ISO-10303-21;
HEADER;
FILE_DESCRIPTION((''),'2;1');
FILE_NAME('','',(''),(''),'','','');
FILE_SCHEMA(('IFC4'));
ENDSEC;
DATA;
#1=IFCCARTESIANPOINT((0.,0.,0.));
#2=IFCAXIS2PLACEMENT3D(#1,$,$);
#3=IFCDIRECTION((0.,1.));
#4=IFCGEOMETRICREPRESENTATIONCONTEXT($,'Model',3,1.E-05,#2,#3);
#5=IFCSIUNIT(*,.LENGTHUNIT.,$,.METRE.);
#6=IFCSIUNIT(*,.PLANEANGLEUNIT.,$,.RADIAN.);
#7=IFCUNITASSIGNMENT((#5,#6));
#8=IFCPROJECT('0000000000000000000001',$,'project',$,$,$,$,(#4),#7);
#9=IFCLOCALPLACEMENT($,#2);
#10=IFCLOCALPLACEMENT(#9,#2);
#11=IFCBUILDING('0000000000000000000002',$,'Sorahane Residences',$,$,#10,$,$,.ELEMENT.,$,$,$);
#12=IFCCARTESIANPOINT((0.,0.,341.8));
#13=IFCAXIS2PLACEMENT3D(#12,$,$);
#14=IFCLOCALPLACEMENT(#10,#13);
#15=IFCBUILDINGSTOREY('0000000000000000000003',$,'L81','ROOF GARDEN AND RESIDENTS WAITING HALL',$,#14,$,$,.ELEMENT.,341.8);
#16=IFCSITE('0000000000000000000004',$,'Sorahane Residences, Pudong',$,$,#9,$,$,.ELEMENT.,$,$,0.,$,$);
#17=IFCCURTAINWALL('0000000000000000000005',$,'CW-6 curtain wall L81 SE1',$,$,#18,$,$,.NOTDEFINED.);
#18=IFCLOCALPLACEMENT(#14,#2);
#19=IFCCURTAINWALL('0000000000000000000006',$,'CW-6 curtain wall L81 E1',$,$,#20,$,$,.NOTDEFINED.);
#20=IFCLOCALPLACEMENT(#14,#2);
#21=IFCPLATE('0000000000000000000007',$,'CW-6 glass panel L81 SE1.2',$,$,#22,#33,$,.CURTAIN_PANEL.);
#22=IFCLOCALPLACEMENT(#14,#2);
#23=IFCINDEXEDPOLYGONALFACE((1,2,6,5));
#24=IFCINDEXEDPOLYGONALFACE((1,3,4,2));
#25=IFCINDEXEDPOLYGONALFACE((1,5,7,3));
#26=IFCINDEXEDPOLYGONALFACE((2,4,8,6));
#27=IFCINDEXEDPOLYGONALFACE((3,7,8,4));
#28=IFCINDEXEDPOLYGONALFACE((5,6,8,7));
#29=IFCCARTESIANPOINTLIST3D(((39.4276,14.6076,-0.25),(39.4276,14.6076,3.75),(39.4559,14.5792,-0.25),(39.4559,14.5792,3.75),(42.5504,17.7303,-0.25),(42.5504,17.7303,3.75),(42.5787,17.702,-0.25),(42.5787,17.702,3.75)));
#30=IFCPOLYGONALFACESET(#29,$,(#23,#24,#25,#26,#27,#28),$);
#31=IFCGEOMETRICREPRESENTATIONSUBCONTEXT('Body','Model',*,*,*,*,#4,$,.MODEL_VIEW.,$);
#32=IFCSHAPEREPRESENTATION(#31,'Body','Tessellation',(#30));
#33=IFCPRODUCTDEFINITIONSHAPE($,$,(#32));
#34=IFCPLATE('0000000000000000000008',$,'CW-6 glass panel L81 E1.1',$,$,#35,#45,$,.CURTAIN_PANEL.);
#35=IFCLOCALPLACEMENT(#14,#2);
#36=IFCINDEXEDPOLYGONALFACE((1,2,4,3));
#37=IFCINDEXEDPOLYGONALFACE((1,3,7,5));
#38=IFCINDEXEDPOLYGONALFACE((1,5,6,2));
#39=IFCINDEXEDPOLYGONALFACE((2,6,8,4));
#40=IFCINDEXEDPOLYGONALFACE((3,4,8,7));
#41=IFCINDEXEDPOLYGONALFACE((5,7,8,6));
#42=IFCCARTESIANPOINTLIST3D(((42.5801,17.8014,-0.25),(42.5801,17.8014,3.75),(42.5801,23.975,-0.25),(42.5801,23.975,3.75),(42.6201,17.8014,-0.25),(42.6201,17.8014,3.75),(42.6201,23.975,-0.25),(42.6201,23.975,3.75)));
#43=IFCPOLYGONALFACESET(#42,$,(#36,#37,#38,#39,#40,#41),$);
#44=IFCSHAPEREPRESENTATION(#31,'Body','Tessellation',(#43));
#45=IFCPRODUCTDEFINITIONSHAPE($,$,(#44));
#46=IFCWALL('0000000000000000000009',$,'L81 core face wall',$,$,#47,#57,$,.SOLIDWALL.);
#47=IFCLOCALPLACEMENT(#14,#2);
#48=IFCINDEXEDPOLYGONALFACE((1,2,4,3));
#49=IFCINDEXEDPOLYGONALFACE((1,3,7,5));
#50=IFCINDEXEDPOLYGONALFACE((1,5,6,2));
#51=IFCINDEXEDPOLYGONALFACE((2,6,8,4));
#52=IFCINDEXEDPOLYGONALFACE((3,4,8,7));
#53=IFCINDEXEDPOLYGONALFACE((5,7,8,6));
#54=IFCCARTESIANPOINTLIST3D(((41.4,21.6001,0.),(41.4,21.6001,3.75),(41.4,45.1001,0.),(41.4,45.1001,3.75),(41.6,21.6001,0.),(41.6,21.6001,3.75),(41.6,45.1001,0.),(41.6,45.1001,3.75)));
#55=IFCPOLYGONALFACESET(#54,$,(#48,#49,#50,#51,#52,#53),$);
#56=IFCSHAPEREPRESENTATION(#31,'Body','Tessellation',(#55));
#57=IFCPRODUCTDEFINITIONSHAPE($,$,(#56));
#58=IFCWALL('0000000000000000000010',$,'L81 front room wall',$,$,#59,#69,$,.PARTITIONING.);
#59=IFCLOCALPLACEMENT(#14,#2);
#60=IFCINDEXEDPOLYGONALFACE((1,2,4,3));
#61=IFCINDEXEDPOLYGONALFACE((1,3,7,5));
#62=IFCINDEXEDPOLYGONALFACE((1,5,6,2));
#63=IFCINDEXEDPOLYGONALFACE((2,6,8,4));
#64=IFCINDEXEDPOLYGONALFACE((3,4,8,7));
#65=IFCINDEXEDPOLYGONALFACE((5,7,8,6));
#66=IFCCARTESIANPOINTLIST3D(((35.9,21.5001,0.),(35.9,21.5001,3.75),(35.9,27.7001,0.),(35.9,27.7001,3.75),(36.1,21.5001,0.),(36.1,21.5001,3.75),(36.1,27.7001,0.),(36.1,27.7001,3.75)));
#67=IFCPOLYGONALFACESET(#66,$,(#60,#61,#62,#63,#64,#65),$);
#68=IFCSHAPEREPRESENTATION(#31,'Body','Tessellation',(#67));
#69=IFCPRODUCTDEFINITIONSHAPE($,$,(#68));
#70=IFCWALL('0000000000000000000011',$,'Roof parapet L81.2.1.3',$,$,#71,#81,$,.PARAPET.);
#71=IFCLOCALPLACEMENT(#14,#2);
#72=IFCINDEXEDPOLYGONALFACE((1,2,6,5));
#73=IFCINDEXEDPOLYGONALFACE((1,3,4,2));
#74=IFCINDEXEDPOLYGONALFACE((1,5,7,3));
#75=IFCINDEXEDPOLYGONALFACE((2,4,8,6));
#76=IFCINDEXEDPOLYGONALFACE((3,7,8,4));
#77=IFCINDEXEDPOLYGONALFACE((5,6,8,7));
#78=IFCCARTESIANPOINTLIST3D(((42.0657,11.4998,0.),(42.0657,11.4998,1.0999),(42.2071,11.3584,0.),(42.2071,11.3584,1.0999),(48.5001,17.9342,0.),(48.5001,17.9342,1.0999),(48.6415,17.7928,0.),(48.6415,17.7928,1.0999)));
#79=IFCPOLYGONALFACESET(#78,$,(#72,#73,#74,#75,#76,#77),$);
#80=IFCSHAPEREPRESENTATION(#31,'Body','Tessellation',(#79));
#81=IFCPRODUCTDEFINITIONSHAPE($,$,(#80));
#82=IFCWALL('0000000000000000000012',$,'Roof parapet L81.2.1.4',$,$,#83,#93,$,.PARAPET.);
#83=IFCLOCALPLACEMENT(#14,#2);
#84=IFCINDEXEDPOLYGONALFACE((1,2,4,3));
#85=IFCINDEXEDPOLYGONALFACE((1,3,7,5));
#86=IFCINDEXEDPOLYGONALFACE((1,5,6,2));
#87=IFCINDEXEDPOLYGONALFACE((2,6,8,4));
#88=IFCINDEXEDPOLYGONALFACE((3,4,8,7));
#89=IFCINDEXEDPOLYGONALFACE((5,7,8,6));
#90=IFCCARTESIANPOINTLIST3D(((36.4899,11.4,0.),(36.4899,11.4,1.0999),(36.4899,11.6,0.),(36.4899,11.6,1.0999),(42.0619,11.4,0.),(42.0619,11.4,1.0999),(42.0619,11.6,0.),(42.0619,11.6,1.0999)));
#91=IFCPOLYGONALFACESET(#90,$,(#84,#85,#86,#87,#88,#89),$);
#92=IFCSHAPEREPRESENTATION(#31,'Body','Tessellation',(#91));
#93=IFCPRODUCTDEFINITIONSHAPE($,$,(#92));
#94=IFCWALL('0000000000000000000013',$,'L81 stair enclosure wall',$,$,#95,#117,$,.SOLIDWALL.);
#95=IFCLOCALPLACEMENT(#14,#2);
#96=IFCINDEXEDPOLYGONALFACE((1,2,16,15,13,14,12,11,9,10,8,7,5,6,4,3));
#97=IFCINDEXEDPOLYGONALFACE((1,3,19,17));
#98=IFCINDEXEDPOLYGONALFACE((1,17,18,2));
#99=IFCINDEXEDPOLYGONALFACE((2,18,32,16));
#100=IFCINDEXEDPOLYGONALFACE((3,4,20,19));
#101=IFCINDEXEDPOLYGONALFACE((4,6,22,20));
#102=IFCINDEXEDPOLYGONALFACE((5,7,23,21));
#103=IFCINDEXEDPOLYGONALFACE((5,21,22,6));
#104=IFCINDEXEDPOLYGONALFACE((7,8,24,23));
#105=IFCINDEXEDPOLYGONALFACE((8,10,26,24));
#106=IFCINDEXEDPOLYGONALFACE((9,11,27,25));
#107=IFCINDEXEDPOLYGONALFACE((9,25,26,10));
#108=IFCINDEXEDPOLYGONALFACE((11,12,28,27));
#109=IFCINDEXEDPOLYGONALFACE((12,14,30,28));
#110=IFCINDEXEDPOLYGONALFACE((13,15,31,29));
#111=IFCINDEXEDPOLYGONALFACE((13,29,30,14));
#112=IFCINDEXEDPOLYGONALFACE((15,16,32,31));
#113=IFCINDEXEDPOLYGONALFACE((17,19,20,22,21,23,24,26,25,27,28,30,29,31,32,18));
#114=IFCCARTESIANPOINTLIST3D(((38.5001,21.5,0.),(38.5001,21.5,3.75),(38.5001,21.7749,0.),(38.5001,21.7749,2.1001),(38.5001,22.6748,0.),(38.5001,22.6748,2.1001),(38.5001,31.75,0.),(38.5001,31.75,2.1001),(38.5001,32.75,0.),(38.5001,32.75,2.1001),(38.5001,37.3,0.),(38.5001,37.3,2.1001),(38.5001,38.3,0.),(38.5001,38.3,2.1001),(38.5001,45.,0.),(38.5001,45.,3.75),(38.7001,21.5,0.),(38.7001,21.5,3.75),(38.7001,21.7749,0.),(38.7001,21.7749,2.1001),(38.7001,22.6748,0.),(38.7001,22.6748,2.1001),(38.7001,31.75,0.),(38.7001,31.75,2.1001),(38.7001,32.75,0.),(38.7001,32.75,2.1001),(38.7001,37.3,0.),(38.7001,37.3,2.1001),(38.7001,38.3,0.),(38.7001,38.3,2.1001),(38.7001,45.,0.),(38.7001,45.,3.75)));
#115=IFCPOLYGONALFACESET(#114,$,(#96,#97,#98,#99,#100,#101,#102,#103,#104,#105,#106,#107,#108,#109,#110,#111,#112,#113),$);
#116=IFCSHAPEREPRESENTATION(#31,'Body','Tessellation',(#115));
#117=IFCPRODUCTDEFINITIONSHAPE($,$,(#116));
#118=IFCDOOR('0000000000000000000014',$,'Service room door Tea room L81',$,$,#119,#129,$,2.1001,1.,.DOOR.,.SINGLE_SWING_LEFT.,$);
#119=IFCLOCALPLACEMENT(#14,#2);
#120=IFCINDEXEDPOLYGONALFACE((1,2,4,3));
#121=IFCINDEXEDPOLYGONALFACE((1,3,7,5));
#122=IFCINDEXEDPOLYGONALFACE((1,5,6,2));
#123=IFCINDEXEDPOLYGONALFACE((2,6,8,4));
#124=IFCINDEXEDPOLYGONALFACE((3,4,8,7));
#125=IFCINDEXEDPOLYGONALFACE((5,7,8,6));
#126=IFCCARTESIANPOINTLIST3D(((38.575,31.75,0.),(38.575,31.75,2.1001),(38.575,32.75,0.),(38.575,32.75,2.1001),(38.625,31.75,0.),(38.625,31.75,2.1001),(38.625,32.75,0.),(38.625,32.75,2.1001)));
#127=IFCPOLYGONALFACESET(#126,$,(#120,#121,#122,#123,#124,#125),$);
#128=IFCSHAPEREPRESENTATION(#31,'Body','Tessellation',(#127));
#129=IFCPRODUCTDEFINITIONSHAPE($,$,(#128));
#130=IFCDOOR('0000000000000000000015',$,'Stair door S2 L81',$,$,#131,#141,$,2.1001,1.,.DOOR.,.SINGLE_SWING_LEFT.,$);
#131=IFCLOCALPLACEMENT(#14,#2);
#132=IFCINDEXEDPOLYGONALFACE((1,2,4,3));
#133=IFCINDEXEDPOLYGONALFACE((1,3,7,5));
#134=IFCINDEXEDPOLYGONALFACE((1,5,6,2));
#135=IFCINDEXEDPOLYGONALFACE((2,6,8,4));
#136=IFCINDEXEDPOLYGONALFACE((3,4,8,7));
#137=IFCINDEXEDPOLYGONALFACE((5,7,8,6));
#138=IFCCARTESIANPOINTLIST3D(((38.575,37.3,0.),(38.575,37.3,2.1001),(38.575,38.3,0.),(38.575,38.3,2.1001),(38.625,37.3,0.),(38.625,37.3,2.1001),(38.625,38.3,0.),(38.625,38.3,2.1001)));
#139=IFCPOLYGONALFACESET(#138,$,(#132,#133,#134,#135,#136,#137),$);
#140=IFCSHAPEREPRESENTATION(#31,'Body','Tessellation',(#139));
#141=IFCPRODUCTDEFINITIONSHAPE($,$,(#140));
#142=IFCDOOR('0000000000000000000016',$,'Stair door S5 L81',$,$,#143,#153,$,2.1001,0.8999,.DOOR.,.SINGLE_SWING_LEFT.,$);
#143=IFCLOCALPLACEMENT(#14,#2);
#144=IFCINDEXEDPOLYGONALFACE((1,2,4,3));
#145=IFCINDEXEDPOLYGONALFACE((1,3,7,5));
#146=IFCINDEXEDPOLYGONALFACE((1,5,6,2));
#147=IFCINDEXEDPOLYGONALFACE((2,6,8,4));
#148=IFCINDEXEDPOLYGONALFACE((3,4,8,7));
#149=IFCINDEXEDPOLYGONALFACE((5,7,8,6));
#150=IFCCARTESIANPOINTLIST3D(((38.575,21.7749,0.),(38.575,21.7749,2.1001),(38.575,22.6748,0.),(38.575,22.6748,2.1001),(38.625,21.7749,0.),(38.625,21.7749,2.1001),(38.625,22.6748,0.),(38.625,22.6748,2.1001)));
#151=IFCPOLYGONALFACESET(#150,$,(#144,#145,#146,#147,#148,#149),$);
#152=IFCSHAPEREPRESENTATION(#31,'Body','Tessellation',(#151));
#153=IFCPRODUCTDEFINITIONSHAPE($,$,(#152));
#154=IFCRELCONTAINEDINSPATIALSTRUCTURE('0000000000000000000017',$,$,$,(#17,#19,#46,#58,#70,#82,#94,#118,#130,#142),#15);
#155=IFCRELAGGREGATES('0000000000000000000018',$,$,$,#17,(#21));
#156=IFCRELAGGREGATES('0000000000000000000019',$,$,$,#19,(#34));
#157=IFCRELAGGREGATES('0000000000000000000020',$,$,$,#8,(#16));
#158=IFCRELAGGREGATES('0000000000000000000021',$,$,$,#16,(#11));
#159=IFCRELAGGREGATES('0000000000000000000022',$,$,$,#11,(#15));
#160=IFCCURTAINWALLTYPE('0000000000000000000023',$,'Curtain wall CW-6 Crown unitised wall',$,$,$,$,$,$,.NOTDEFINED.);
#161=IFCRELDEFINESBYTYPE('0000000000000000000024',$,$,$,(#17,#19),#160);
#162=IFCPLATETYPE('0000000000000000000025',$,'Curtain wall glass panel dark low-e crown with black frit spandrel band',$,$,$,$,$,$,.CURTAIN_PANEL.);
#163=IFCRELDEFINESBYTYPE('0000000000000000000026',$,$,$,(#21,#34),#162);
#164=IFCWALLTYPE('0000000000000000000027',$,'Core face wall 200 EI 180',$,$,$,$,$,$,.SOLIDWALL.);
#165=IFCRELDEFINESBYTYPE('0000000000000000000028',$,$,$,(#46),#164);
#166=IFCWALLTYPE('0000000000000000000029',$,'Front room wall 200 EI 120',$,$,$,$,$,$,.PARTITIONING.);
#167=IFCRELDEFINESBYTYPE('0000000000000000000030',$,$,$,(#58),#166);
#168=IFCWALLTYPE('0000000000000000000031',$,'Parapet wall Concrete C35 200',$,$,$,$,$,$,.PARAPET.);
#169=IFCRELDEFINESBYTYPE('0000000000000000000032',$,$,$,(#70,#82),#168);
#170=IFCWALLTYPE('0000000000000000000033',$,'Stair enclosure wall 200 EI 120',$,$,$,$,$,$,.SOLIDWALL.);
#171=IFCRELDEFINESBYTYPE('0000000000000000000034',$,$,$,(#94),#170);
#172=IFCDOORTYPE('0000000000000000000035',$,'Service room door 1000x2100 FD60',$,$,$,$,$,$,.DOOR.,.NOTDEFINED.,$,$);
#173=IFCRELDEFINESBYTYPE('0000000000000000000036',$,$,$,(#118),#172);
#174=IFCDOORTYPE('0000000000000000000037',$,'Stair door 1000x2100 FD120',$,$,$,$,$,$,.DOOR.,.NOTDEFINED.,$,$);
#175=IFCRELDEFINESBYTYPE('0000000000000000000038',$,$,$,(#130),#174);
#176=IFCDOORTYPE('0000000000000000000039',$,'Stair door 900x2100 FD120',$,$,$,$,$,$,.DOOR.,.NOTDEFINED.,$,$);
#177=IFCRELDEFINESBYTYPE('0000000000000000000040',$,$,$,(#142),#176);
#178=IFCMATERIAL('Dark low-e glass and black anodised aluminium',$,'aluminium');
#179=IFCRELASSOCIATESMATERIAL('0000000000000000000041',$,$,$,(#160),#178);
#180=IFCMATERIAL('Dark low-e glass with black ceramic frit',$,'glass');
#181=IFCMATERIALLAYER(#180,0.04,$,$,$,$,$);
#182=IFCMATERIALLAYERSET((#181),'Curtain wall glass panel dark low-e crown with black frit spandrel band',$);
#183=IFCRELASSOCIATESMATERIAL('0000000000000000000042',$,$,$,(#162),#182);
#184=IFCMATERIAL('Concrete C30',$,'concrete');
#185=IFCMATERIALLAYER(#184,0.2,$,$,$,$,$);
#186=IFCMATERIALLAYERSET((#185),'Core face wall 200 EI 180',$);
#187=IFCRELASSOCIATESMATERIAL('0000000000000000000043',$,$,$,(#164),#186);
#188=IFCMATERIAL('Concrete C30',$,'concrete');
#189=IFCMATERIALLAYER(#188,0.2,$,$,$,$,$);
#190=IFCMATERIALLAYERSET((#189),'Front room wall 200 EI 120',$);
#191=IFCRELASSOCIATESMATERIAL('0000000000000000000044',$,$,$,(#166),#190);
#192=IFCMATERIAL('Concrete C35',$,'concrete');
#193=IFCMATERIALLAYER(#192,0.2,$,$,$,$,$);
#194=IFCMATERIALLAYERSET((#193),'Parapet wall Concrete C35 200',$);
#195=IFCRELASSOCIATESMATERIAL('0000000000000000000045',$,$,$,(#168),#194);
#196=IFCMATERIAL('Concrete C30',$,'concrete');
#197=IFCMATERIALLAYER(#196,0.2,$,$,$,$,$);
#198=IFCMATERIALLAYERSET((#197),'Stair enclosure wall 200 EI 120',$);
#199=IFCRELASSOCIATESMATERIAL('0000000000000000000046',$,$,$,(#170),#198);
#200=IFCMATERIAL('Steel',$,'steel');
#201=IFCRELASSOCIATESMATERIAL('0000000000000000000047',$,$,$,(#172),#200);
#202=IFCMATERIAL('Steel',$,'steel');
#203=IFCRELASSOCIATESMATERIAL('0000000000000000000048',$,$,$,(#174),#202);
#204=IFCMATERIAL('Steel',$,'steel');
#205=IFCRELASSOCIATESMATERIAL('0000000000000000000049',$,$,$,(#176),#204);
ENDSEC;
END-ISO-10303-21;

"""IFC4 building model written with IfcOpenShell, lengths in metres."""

from ifc_helpers import new_model, si_unit, direction, frame, frame_2d, origin, origin_2d, place, context, subcontext, project, spatial, rectangle, extrude, material, layer, layer_set, type_object, element, fill, aggregate, save


model = new_model("IFC4")

# Units and contexts
model_context = context("Model", 3, precision=1e-05, world=origin(), true_north=direction((0.0, 1.0)))
body_context = subcontext(model_context, "Body", "Model", "MODEL_VIEW")
ifc_project = project(units=[si_unit("LENGTHUNIT", "METRE"), si_unit("PLANEANGLEUNIT", "RADIAN")], contexts=[model_context])

# Site, building, storey
site_placement = place(None, origin())
site = spatial("IfcSite", under=ifc_project, at=site_placement, Name="Sorahane Residences, Pudong", CompositionType="ELEMENT", RefElevation=0.0)
building_placement = place(site_placement, origin())
building = spatial("IfcBuilding", under=site, at=building_placement, Name="Sorahane Residences", CompositionType="ELEMENT")
storey_placement = place(building_placement, frame((0.0, 0.0, 341.8)))
storey = spatial("IfcBuildingStorey", under=building, at=storey_placement, Name="L81", Description="ROOF GARDEN AND RESIDENTS WAITING HALL", CompositionType="ELEMENT", Elevation=341.8)

# Shared definitions
ifc_material_1 = material(Name="Dark low-e glass and black anodised aluminium", Category="aluminium")
curtain_wall_type = type_object("IfcCurtainWallType", Name="Curtain wall CW-6 Crown unitised wall", PredefinedType="NOTDEFINED", material=ifc_material_1)

# Curtain wall
curtain_wall_1_placement = place(storey_placement, origin())
curtain_wall_1 = element("IfcCurtainWall", 1, at=curtain_wall_1_placement, inside=storey, type_object=curtain_wall_type, Name="CW-6 curtain wall L81 SE1", PredefinedType="NOTDEFINED")

# Curtain wall
curtain_wall_2_placement = place(storey_placement, origin())
curtain_wall_2 = element("IfcCurtainWall", 2, at=curtain_wall_2_placement, inside=storey, type_object=curtain_wall_type, Name="CW-6 curtain wall L81 E1", PredefinedType="NOTDEFINED")

# Plates
ifc_material_2 = material(Name="Dark low-e glass with black ceramic frit", Category="glass")
ifc_layer_1 = layer(ifc_material_2, 0.04)
ifc_layer_set_1 = layer_set([ifc_layer_1], Name="Curtain wall glass panel dark low-e crown with black frit spandrel band")
plate_type = type_object("IfcPlateType", Name="Curtain wall glass panel dark low-e crown with black frit spandrel band", PredefinedType="CURTAIN_PANEL", material=ifc_layer_set_1)
plate_1_placement = place(storey_placement, frame((41.0032, 16.1548, -0.25), z_axis=(0.0, 0.0, 1.0), x_axis=(0.707107, 0.707107, 0.0)))
plate_1 = element("IfcPlate", 3, at=plate_1_placement, type_object=plate_type, Name="CW-6 glass panel L81 SE1.2", PredefinedType="CURTAIN_PANEL", context=body_context, shape_type="SweptSolid", body=[
    extrude(rectangle(XDim=4.4163, YDim=0.04, at=origin_2d()), origin(), (0.0, 0.0, 1.0), 4.0),
])
aggregate(curtain_wall_1, [plate_1])
plate_2_placement = place(storey_placement, frame((42.6001, 20.8882, -0.25), z_axis=(0.0, 0.0, 1.0), x_axis=(0.0, 1.0, 0.0)))
plate_2 = element("IfcPlate", 4, at=plate_2_placement, type_object=plate_type, Name="CW-6 glass panel L81 E1.1", PredefinedType="CURTAIN_PANEL", context=body_context, shape_type="SweptSolid", body=[
    extrude(rectangle(XDim=6.1736, YDim=0.04, at=origin_2d()), origin(), (0.0, 0.0, 1.0), 4.0),
])
aggregate(curtain_wall_2, [plate_2])

# Walls
ifc_material_3 = material(Name="Concrete C30", Category="concrete")
ifc_layer_2 = layer(ifc_material_3, 0.2)
ifc_layer_set_2 = layer_set([ifc_layer_2], Name="Core face wall 200 EI 180")
wall_type_1 = type_object("IfcWallType", Name="Core face wall 200 EI 180", PredefinedType="SOLIDWALL", material=ifc_layer_set_2)
wall_1_placement = place(storey_placement, frame((41.5, 21.6001, 0.0), z_axis=(0.0, 0.0, 1.0), x_axis=(0.0, 1.0, 0.0)))
element("IfcWall", 5, at=wall_1_placement, inside=storey, type_object=wall_type_1, Name="L81 core face wall", PredefinedType="SOLIDWALL", context=body_context, shape_type="SweptSolid", body=[
    extrude(rectangle(XDim=23.5, YDim=0.2, at=frame_2d((11.75, 0.0))), origin(), (0.0, 0.0, 1.0), 3.75),
])
ifc_material_4 = material(Name="Concrete C30", Category="concrete")
ifc_layer_3 = layer(ifc_material_4, 0.2)
ifc_layer_set_3 = layer_set([ifc_layer_3], Name="Front room wall 200 EI 120")
wall_type_2 = type_object("IfcWallType", Name="Front room wall 200 EI 120", PredefinedType="PARTITIONING", material=ifc_layer_set_3)
wall_2_placement = place(storey_placement, frame((36.0, 21.5, 0.0), z_axis=(0.0, 0.0, 1.0), x_axis=(0.0, 1.0, 0.0)))
element("IfcWall", 6, at=wall_2_placement, inside=storey, type_object=wall_type_2, Name="L81 front room wall", PredefinedType="PARTITIONING", context=body_context, shape_type="SweptSolid", body=[
    extrude(rectangle(XDim=6.2, YDim=0.2, at=frame_2d((3.1001, 0.0))), origin(), (0.0, 0.0, 1.0), 3.75),
])
ifc_material_5 = material(Name="Concrete C35", Category="concrete")
ifc_layer_4 = layer(ifc_material_5, 0.2)
ifc_layer_set_4 = layer_set([ifc_layer_4], Name="Parapet wall Concrete C35 200")
wall_type_3 = type_object("IfcWallType", Name="Parapet wall Concrete C35 200", PredefinedType="PARAPET", material=ifc_layer_set_4)
wall_3_placement = place(storey_placement, frame((48.5708, 17.8635, 0.0), z_axis=(0.0, 0.0, 1.0), x_axis=(-0.707107, -0.707107, 0.0)))
element("IfcWall", 7, at=wall_3_placement, inside=storey, type_object=wall_type_3, Name="Roof parapet L81.2.1.3", PredefinedType="PARAPET", context=body_context, shape_type="SweptSolid", body=[
    extrude(rectangle(XDim=9.0996, YDim=0.2, at=frame_2d((4.5498, 0.0))), origin(), (0.0, 0.0, 1.0), 1.0999),
])
wall_4_placement = place(storey_placement, frame((42.062, 11.5, 0.0), z_axis=(0.0, 0.0, 1.0), x_axis=(-1.0, 0.0, 0.0)))
element("IfcWall", 8, at=wall_4_placement, inside=storey, type_object=wall_type_3, Name="Roof parapet L81.2.1.4", PredefinedType="PARAPET", context=body_context, shape_type="SweptSolid", body=[
    extrude(rectangle(XDim=5.572, YDim=0.2, at=frame_2d((2.7861, 0.0))), origin(), (0.0, 0.0, 1.0), 1.0999),
])

# Wall, openings, doors
ifc_material_6 = material(Name="Concrete C30", Category="concrete")
ifc_layer_5 = layer(ifc_material_6, 0.2)
ifc_layer_set_5 = layer_set([ifc_layer_5], Name="Stair enclosure wall 200 EI 120")
wall_type_4 = type_object("IfcWallType", Name="Stair enclosure wall 200 EI 120", PredefinedType="SOLIDWALL", material=ifc_layer_set_5)
wall_5_placement = place(storey_placement, frame((38.6001, 21.5, 0.0), z_axis=(0.0, 0.0, 1.0), x_axis=(0.0, 1.0, 0.0)))
wall_5 = element("IfcWall", 9, at=wall_5_placement, inside=storey, type_object=wall_type_4, Name="L81 stair enclosure wall", PredefinedType="SOLIDWALL", context=body_context, shape_type="SweptSolid", body=[
    extrude(rectangle(XDim=23.5, YDim=0.2, at=frame_2d((11.75, 0.0))), origin(), (0.0, 0.0, 1.0), 3.75),
])
opening_1_placement = place(wall_5_placement, frame((10.25, 0.0, 0.0)))
opening_1 = element("IfcOpeningElement", 10, at=opening_1_placement, cuts=wall_5, PredefinedType="OPENING", context=body_context, shape_type="SweptSolid", body=[
    extrude(rectangle(XDim=1.0, YDim=2.1001, at=frame_2d((0.5, 1.05))), frame((0.0, 0.1099, 0.0), z_axis=(0.0, -1.0, 0.0), x_axis=(1.0, 0.0, 0.0)), (0.0, 0.0, 1.0), 0.22),
])
opening_2_placement = place(wall_5_placement, frame((15.8, 0.0, 0.0)))
opening_2 = element("IfcOpeningElement", 11, at=opening_2_placement, cuts=wall_5, PredefinedType="OPENING", context=body_context, shape_type="SweptSolid", body=[
    extrude(rectangle(XDim=1.0, YDim=2.1001, at=frame_2d((0.5, 1.05))), frame((0.0, 0.1099, 0.0), z_axis=(0.0, -1.0, 0.0), x_axis=(1.0, 0.0, 0.0)), (0.0, 0.0, 1.0), 0.22),
])
opening_3_placement = place(wall_5_placement, frame((0.2749, 0.0, 0.0)))
opening_3 = element("IfcOpeningElement", 12, at=opening_3_placement, cuts=wall_5, PredefinedType="OPENING", context=body_context, shape_type="SweptSolid", body=[
    extrude(rectangle(XDim=0.8999, YDim=2.1001, at=frame_2d((0.45, 1.05))), frame((0.0, 0.1099, 0.0), z_axis=(0.0, -1.0, 0.0), x_axis=(1.0, 0.0, 0.0)), (0.0, 0.0, 1.0), 0.22),
])
ifc_material_7 = material(Name="Steel", Category="steel")
door_type_1 = type_object("IfcDoorType", Name="Service room door 1000x2100 FD60", OperationType="NOTDEFINED", PredefinedType="DOOR", material=ifc_material_7)
door_1_placement = place(opening_1_placement, frame((1.0, 0.0, 0.0), z_axis=(0.0, 0.0, 1.0), x_axis=(-1.0, 0.0, 0.0)))
door_1 = element("IfcDoor", 13, at=door_1_placement, inside=storey, type_object=door_type_1, Name="Service room door Tea room L81", OperationType="SINGLE_SWING_LEFT", OverallHeight=2.1001, OverallWidth=1.0, PredefinedType="DOOR", context=body_context, shape_type="SweptSolid", body=[
    extrude(rectangle(XDim=1.0, YDim=2.1001, at=frame_2d((0.5, 1.05))), frame((0.0, 0.0249, 0.0), z_axis=(0.0, -1.0, 0.0), x_axis=(1.0, 0.0, 0.0)), (0.0, 0.0, 1.0), 0.05),
])
fill(opening_1, door_1)
ifc_material_8 = material(Name="Steel", Category="steel")
door_type_2 = type_object("IfcDoorType", Name="Stair door 1000x2100 FD120", OperationType="NOTDEFINED", PredefinedType="DOOR", material=ifc_material_8)
door_2_placement = place(opening_2_placement, frame((1.0, 0.0, 0.0), z_axis=(0.0, 0.0, 1.0), x_axis=(-1.0, 0.0, 0.0)))
door_2 = element("IfcDoor", 14, at=door_2_placement, inside=storey, type_object=door_type_2, Name="Stair door S2 L81", OperationType="SINGLE_SWING_LEFT", OverallHeight=2.1001, OverallWidth=1.0, PredefinedType="DOOR", context=body_context, shape_type="SweptSolid", body=[
    extrude(rectangle(XDim=1.0, YDim=2.1001, at=frame_2d((0.5, 1.05))), frame((0.0, 0.0249, 0.0), z_axis=(0.0, -1.0, 0.0), x_axis=(1.0, 0.0, 0.0)), (0.0, 0.0, 1.0), 0.05),
])
fill(opening_2, door_2)
ifc_material_9 = material(Name="Steel", Category="steel")
door_type_3 = type_object("IfcDoorType", Name="Stair door 900x2100 FD120", OperationType="NOTDEFINED", PredefinedType="DOOR", material=ifc_material_9)
door_3_placement = place(opening_3_placement, frame((0.8999, 0.0, 0.0), z_axis=(0.0, 0.0, 1.0), x_axis=(-1.0, 0.0, 0.0)))
door_3 = element("IfcDoor", 15, at=door_3_placement, inside=storey, type_object=door_type_3, Name="Stair door S5 L81", OperationType="SINGLE_SWING_LEFT", OverallHeight=2.1001, OverallWidth=0.8999, PredefinedType="DOOR", context=body_context, shape_type="SweptSolid", body=[
    extrude(rectangle(XDim=0.8999, YDim=2.1001, at=frame_2d((0.45, 1.05))), frame((0.0, 0.0249, 0.0), z_axis=(0.0, -1.0, 0.0), x_axis=(1.0, 0.0, 0.0)), (0.0, 0.0, 1.0), 0.05),
])
fill(opening_3, door_3)

save(model, "model.ifc")
